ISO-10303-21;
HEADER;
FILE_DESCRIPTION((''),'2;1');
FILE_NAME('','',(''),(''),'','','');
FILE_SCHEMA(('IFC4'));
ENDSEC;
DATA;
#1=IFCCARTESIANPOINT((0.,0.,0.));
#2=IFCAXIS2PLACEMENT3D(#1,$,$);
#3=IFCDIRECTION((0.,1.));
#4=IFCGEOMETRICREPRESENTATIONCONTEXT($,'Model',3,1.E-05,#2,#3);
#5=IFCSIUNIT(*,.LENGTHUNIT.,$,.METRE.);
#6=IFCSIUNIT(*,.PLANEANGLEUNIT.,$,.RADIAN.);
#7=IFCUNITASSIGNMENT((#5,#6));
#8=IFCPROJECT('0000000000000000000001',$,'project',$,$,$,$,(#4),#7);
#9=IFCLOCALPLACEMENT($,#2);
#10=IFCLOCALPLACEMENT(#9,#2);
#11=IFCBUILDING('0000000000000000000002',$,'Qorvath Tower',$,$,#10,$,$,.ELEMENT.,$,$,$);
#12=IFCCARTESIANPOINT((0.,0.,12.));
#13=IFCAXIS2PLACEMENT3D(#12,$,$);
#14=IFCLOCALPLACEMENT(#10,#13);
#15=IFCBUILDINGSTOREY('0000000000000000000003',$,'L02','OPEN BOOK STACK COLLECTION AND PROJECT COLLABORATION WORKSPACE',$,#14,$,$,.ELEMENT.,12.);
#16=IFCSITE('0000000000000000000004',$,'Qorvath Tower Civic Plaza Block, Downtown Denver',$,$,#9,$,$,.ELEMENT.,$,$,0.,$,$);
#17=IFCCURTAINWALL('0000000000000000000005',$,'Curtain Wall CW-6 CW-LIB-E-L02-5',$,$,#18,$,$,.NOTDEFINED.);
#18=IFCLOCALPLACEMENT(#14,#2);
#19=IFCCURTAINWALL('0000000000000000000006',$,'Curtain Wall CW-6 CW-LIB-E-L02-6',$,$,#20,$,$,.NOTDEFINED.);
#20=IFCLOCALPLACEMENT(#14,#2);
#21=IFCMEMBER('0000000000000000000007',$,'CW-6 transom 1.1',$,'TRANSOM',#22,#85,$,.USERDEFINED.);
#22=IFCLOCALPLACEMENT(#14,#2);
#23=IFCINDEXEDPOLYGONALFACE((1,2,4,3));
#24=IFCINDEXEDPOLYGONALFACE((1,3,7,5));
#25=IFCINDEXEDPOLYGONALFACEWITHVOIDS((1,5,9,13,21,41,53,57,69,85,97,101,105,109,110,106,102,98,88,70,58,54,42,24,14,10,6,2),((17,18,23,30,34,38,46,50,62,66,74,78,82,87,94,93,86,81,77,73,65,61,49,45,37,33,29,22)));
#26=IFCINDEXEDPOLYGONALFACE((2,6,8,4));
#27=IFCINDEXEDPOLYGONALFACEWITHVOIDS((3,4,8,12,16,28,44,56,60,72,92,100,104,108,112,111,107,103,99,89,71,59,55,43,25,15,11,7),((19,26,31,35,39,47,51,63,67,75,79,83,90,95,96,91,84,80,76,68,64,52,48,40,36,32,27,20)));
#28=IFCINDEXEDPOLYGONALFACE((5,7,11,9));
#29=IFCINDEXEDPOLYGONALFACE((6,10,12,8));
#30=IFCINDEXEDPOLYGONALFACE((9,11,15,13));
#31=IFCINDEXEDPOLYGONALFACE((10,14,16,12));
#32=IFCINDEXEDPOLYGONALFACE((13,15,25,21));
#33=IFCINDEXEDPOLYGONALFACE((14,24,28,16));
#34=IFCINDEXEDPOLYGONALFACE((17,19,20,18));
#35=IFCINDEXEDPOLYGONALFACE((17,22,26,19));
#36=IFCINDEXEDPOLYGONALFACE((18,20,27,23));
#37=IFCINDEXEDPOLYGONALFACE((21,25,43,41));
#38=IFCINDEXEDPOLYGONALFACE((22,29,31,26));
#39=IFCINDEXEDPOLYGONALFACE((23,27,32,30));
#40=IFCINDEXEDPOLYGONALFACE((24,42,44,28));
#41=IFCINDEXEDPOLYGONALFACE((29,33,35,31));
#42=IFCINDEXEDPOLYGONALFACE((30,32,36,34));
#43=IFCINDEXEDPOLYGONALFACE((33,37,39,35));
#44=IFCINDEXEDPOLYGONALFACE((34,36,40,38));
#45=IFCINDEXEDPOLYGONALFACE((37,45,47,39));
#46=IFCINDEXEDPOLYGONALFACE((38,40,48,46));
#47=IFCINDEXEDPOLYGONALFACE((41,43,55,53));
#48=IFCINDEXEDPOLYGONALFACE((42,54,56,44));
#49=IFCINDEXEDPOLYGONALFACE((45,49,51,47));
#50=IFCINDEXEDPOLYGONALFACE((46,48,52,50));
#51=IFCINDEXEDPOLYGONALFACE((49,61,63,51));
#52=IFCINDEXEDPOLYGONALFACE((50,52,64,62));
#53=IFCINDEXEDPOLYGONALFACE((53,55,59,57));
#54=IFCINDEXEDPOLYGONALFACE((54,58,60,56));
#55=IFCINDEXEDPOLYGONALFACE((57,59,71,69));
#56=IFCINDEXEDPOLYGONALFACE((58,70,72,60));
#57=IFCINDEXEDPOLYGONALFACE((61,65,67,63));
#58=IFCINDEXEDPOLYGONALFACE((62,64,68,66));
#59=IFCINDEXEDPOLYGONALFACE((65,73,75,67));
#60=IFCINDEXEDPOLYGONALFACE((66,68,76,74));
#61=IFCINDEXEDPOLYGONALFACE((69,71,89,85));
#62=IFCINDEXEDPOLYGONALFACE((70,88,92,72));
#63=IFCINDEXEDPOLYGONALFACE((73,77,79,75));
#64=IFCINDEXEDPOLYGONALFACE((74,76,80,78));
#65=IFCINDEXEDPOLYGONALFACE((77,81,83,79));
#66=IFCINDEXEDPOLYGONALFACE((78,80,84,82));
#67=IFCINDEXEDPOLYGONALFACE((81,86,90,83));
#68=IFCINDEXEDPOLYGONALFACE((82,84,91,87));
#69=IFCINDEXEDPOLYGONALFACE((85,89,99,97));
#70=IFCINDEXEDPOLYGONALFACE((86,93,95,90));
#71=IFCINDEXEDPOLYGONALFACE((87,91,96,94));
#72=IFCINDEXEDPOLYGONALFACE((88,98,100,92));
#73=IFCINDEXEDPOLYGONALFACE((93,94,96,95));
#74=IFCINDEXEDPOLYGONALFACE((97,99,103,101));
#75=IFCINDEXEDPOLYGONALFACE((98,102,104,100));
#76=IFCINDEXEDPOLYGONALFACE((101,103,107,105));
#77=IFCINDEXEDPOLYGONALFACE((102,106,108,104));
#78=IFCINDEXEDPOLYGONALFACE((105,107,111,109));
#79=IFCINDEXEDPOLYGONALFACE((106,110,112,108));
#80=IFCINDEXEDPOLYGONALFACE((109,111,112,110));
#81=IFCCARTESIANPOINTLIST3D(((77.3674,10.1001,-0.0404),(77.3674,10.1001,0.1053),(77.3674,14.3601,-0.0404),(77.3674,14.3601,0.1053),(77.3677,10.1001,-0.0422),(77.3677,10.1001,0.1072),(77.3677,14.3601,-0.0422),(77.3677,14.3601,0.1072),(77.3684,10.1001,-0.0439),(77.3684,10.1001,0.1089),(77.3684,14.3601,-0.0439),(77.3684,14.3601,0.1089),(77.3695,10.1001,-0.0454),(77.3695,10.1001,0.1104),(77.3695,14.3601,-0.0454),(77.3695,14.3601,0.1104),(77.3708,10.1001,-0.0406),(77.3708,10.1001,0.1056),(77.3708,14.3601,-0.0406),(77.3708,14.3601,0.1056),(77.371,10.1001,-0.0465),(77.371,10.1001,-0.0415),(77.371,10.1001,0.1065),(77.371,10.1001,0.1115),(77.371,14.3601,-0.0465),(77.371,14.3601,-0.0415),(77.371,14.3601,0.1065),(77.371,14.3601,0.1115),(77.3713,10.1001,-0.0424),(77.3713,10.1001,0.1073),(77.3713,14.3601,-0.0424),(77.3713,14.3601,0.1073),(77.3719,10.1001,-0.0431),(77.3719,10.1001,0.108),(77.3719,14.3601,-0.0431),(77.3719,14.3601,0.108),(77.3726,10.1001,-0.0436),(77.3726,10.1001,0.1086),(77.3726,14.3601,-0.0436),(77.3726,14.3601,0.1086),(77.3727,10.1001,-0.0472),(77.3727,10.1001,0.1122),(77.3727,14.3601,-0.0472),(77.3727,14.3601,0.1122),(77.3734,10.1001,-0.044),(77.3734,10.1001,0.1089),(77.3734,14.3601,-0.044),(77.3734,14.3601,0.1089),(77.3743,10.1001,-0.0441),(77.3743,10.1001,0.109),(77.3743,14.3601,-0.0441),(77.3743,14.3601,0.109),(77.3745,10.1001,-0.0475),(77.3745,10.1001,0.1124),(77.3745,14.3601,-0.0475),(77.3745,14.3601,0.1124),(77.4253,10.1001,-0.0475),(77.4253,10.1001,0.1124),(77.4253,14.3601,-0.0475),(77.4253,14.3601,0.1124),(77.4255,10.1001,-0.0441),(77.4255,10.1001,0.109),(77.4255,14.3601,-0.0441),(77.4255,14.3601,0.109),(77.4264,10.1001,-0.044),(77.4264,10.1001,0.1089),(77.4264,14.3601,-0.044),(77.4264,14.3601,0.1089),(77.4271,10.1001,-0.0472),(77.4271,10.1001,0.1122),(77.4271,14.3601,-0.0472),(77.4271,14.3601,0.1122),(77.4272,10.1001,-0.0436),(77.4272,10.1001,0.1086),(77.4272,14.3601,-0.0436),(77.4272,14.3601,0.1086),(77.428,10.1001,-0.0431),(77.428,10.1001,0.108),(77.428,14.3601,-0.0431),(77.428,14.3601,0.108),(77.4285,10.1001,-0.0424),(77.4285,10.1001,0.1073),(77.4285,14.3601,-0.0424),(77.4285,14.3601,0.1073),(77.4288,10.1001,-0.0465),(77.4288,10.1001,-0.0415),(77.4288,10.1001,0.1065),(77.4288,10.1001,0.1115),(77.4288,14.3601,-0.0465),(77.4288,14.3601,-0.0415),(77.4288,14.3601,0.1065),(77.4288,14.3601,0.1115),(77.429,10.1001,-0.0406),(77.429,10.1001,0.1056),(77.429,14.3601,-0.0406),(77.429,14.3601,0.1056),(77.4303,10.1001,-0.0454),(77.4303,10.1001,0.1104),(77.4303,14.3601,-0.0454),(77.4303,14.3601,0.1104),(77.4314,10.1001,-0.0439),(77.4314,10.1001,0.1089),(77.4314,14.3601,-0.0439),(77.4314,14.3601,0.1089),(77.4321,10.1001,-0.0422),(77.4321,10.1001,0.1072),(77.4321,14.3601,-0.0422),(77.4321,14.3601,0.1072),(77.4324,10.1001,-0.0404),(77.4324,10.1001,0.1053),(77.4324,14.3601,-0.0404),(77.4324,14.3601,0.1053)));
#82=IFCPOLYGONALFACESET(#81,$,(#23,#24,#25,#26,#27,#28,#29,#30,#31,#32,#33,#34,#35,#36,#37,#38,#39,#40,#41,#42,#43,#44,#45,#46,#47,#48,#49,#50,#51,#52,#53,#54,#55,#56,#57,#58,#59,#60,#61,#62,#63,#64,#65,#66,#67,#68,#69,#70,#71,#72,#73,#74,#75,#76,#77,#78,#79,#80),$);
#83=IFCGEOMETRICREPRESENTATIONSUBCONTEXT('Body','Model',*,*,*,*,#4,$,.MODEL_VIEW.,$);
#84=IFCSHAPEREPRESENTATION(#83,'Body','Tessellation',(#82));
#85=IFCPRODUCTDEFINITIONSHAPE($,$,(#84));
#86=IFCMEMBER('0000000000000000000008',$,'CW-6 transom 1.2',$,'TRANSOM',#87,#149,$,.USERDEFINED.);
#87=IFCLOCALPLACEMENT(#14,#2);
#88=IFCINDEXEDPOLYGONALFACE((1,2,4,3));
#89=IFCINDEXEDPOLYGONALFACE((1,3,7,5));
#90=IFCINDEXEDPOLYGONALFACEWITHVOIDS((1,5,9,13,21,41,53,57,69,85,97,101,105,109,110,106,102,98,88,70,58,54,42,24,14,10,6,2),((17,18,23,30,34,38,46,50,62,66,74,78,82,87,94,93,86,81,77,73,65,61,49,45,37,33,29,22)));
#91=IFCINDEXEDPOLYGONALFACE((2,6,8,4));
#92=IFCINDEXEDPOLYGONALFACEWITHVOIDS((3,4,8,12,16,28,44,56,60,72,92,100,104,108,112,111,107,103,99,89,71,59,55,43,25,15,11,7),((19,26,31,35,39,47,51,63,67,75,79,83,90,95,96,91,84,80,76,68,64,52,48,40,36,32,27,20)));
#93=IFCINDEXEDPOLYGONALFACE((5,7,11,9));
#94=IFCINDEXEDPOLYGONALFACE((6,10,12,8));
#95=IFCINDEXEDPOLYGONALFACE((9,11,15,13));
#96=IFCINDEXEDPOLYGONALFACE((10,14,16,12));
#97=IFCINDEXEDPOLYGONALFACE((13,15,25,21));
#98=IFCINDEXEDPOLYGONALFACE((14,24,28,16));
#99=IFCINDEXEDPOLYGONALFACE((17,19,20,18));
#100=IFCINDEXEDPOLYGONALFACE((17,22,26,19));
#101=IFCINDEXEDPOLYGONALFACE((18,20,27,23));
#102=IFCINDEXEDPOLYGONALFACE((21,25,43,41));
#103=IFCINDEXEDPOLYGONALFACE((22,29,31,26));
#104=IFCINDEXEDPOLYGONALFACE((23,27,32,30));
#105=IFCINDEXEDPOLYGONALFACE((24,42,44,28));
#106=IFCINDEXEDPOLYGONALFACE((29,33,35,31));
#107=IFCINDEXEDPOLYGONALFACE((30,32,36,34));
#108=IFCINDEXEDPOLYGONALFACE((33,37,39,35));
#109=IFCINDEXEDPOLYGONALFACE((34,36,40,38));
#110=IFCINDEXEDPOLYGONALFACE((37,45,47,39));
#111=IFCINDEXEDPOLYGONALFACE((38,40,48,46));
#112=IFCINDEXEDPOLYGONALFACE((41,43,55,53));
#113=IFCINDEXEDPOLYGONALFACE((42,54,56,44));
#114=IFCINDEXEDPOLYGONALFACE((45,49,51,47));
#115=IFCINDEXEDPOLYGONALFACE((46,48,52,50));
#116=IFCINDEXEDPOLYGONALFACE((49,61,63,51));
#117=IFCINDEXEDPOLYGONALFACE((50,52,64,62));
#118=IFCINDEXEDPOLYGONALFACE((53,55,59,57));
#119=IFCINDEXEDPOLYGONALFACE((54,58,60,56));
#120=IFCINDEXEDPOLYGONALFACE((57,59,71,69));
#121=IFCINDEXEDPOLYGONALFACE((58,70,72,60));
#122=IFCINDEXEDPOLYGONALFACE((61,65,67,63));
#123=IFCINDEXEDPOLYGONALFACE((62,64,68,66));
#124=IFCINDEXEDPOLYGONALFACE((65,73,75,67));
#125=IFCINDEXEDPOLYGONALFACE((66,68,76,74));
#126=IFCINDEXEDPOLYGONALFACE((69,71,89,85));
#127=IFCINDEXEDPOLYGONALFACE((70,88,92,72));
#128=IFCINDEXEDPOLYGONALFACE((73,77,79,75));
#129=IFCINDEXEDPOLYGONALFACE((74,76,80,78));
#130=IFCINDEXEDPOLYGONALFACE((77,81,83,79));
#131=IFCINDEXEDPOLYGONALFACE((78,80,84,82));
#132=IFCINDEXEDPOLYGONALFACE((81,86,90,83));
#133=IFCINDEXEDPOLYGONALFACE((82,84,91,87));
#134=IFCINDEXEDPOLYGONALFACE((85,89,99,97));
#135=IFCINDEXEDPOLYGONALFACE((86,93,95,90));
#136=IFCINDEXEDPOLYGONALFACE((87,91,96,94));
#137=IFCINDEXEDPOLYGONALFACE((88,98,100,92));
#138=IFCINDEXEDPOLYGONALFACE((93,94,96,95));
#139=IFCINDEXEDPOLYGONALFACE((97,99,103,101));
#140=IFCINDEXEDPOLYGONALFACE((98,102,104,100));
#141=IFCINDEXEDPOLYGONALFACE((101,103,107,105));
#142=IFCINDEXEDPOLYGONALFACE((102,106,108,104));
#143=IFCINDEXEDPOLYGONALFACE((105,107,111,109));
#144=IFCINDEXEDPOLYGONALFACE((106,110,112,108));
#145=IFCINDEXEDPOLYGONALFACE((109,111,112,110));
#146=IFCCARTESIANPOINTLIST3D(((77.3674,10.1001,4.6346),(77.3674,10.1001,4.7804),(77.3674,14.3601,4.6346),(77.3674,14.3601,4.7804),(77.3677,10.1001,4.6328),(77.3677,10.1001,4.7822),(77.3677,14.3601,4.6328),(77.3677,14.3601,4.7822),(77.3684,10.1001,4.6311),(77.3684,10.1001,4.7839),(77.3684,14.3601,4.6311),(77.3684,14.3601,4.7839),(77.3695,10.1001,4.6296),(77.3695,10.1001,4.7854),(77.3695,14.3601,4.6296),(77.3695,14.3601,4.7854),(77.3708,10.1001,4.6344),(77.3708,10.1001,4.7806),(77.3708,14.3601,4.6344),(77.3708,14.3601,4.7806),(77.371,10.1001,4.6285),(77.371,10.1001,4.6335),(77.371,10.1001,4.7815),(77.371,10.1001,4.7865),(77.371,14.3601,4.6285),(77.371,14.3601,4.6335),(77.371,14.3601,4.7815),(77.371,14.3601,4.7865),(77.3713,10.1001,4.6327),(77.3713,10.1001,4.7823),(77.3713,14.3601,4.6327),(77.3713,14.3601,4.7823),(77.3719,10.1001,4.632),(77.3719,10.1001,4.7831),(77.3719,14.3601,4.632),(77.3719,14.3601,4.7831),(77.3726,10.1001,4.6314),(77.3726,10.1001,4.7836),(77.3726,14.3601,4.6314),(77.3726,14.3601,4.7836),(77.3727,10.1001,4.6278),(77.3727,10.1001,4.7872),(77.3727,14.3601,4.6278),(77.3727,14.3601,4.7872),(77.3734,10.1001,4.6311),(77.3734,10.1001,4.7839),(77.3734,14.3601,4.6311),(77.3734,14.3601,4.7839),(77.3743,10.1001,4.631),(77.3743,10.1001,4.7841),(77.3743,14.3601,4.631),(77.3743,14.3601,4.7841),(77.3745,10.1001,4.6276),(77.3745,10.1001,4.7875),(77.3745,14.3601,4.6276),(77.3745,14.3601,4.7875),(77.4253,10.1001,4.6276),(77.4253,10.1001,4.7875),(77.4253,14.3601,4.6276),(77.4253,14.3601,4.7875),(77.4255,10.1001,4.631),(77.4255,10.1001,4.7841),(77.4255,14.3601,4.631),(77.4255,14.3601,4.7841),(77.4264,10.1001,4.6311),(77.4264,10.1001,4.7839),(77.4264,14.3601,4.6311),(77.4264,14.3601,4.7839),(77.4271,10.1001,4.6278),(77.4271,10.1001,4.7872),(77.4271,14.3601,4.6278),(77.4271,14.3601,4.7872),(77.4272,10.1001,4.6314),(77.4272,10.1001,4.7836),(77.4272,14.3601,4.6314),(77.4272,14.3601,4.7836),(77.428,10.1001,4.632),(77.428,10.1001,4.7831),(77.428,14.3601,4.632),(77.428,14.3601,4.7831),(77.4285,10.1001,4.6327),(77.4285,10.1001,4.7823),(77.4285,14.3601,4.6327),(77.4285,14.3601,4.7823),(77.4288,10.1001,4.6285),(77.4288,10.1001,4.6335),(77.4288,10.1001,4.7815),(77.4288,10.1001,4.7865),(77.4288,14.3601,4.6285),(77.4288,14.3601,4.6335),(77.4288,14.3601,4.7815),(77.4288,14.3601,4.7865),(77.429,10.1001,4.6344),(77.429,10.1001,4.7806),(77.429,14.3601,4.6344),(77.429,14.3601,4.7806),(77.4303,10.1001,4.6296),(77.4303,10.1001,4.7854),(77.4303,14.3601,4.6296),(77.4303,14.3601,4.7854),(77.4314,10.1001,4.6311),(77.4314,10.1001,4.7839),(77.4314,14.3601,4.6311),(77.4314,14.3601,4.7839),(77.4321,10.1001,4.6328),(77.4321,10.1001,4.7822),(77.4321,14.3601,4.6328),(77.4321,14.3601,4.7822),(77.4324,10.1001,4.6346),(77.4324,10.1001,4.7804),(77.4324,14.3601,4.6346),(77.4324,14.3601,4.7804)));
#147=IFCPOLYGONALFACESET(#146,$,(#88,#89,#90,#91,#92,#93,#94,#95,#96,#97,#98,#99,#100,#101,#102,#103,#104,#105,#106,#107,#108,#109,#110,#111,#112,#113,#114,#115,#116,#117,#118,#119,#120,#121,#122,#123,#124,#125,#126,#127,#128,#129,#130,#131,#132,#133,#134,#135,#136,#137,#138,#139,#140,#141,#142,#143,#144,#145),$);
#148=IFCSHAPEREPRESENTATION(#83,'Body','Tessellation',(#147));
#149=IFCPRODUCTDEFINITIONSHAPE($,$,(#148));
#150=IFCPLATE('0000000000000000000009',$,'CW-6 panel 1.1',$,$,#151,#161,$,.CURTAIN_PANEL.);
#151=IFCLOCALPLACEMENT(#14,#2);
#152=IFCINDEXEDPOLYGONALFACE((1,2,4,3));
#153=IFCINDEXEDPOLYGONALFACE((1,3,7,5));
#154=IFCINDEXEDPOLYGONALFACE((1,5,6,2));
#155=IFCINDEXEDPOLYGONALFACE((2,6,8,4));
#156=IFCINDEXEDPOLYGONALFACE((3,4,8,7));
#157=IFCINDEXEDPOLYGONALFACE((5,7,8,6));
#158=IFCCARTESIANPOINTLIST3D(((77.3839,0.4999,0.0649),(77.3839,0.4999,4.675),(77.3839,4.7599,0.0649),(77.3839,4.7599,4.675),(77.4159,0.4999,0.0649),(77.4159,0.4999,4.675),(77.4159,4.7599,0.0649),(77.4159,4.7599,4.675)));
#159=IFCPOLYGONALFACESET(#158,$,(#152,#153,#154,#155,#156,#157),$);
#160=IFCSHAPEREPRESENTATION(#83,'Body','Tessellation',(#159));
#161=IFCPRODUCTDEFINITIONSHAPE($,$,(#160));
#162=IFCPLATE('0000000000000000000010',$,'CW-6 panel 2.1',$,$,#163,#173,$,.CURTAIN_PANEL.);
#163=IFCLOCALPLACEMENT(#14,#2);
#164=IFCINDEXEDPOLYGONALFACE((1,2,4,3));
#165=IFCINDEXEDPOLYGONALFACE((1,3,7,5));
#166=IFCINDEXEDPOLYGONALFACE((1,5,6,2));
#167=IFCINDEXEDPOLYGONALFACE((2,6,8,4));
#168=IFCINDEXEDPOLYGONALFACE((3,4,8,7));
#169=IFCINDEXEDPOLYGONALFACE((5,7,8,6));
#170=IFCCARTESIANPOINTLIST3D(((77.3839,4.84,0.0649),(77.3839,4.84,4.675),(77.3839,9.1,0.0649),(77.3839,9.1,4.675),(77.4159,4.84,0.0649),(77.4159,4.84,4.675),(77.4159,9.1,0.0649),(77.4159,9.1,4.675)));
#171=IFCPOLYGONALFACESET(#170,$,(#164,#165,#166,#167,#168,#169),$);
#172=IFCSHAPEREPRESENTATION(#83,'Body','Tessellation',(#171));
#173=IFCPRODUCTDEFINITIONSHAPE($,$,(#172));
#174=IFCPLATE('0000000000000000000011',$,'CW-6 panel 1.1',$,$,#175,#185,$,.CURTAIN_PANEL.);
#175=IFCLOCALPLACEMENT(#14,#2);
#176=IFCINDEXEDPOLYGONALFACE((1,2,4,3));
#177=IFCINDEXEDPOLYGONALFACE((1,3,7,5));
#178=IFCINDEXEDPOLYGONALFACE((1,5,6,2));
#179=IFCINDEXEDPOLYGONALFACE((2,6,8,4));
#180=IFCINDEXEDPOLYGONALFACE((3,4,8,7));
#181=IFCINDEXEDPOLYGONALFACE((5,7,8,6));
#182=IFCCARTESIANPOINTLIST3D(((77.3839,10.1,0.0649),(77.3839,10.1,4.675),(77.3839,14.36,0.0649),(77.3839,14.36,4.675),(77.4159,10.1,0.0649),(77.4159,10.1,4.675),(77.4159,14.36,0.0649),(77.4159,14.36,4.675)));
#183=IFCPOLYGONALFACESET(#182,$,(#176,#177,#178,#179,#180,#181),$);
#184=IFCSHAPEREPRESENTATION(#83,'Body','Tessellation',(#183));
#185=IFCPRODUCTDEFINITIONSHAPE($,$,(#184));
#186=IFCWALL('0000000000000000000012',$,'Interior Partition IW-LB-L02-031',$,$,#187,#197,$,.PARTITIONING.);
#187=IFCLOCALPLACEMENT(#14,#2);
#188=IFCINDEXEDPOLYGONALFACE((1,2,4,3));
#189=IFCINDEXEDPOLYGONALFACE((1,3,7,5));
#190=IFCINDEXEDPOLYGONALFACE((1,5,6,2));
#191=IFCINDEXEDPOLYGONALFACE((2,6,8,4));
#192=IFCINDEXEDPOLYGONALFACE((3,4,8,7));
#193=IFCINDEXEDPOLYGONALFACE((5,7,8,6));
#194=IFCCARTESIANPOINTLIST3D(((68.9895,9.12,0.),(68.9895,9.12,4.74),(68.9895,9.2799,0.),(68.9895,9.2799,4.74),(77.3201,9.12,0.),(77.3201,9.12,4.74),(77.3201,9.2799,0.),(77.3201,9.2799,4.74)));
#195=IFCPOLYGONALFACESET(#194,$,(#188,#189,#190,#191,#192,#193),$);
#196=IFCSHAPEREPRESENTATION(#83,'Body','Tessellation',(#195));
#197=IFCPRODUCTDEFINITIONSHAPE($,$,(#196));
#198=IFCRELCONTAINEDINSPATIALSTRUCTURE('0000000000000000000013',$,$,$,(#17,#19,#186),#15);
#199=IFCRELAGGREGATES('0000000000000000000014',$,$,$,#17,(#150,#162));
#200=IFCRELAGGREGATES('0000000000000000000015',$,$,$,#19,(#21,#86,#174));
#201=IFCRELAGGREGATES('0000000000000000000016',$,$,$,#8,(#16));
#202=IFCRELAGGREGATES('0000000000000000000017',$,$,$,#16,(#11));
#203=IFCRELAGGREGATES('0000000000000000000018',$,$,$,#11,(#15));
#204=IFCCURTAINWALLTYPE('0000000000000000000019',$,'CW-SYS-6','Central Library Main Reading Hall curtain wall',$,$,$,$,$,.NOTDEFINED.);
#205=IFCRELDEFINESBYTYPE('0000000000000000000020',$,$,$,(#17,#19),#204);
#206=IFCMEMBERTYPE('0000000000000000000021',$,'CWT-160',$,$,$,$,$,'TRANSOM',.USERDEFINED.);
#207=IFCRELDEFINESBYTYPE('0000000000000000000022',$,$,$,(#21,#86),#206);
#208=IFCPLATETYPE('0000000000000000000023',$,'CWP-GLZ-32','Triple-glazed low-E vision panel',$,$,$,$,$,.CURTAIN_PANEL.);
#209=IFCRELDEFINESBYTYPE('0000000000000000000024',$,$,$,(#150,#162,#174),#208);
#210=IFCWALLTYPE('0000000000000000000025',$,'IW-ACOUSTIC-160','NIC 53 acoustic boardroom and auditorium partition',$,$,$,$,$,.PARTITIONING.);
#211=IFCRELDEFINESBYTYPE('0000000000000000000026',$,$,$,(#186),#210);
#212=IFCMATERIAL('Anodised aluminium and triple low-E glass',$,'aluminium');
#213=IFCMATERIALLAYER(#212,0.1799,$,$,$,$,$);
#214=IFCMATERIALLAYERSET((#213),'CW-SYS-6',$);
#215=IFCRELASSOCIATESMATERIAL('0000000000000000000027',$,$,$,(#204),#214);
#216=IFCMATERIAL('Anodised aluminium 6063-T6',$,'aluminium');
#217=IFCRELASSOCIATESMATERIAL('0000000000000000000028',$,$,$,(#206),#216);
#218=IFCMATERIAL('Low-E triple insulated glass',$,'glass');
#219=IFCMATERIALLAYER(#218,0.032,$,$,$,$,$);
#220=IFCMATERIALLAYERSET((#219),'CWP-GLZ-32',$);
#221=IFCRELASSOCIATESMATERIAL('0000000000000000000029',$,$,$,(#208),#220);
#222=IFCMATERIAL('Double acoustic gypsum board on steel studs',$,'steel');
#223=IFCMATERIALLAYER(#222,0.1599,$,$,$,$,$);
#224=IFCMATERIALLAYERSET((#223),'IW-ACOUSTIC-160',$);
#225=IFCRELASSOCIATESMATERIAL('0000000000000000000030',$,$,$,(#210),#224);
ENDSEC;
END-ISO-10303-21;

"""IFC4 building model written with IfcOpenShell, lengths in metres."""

from ifc_helpers import new_model, si_unit, direction, frame, frame_2d, origin, origin_2d, place, context, subcontext, project, spatial, rectangle, hollow_rectangle, extrude, material, layer, layer_set, material_profile, profile_set, type_object, element, aggregate, save


model = new_model("IFC4")

# Units and contexts
model_context = context("Model", 3, precision=1e-05, world=origin(), true_north=direction((0.0, 1.0)))
body_context = subcontext(model_context, "Body", "Model", "MODEL_VIEW")
ifc_project = project(units=[si_unit("LENGTHUNIT", "METRE"), si_unit("PLANEANGLEUNIT", "RADIAN")], contexts=[model_context])

# Site, building, storey
site_placement = place(None, origin())
site = spatial("IfcSite", under=ifc_project, at=site_placement, Name="Qorvath Tower Civic Plaza Block, Downtown Denver", CompositionType="ELEMENT", RefElevation=0.0)
building_placement = place(site_placement, origin())
building = spatial("IfcBuilding", under=site, at=building_placement, Name="Qorvath Tower", CompositionType="ELEMENT")
storey_placement = place(building_placement, frame((0.0, 0.0, 12.0)))
storey = spatial("IfcBuildingStorey", under=building, at=storey_placement, Name="L02", Description="OPEN BOOK STACK COLLECTION AND PROJECT COLLABORATION WORKSPACE", CompositionType="ELEMENT", Elevation=12.0)

# Curtain walls
ifc_material_1 = material(Name="Anodised aluminium and triple low-E glass", Category="aluminium")
ifc_layer_1 = layer(ifc_material_1, 0.1799)
ifc_layer_set_1 = layer_set([ifc_layer_1], Name="CW-SYS-6")
curtain_wall_type = type_object("IfcCurtainWallType", Name="CW-SYS-6", Description="Central Library Main Reading Hall curtain wall", PredefinedType="NOTDEFINED", material=ifc_layer_set_1)
curtain_wall_1_placement = place(storey_placement, origin())
curtain_wall_1 = element("IfcCurtainWall", 1, at=curtain_wall_1_placement, inside=storey, type_object=curtain_wall_type, Name="Curtain Wall CW-6 CW-LIB-E-L02-5", PredefinedType="NOTDEFINED")
curtain_wall_2_placement = place(storey_placement, origin())
curtain_wall_2 = element("IfcCurtainWall", 2, at=curtain_wall_2_placement, inside=storey, type_object=curtain_wall_type, Name="Curtain Wall CW-6 CW-LIB-E-L02-6", PredefinedType="NOTDEFINED")

# Members
ifc_material_2 = material(Name="Anodised aluminium 6063-T6", Category="aluminium")
ifc_material_profile_1 = material_profile(ifc_material_2, hollow_rectangle(XDim=0.0649, YDim=0.1599, WallThickness=0.0034, InnerFilletRadius=0.0034, OuterFilletRadius=0.0071, at=origin_2d()), Name="CWT 160x65")
ifc_profile_set_1 = profile_set([ifc_material_profile_1], Name="Anodised aluminium 6063-T6")
member_type_1 = type_object("IfcMemberType", Name="CWT-160", ElementType="TRANSOM", PredefinedType="USERDEFINED", material=ifc_profile_set_1)
member_1_placement = place(storey_placement, frame((77.3999, 10.1001, 0.0325), z_axis=(0.0, 1.0, 0.0), x_axis=(-1.0, 0.0, 0.0)))
member_1 = element("IfcMember", 3, at=member_1_placement, type_object=member_type_1, Name="CW-6 transom 1.1", ObjectType="TRANSOM", PredefinedType="USERDEFINED", context=body_context, shape_type="SweptSolid", body=[
    extrude(hollow_rectangle(XDim=0.0649, YDim=0.1599, WallThickness=0.0034, InnerFilletRadius=0.0034, OuterFilletRadius=0.0071, at=origin_2d()), origin(), (0.0, 0.0, 1.0), 4.26),
])
member_2_placement = place(storey_placement, frame((77.3999, 10.1001, 4.7075), z_axis=(0.0, 1.0, 0.0), x_axis=(-1.0, 0.0, 0.0)))
member_2 = element("IfcMember", 4, at=member_2_placement, type_object=member_type_1, Name="CW-6 transom 1.2", ObjectType="TRANSOM", PredefinedType="USERDEFINED", context=body_context, shape_type="SweptSolid", body=[
    extrude(hollow_rectangle(XDim=0.0649, YDim=0.1599, WallThickness=0.0034, InnerFilletRadius=0.0034, OuterFilletRadius=0.0071, at=origin_2d()), origin(), (0.0, 0.0, 1.0), 4.26),
])

# Plates
ifc_material_3 = material(Name="Low-E triple insulated glass", Category="glass")
ifc_layer_2 = layer(ifc_material_3, 0.032)
ifc_layer_set_2 = layer_set([ifc_layer_2], Name="CWP-GLZ-32")
plate_type = type_object("IfcPlateType", Name="CWP-GLZ-32", Description="Triple-glazed low-E vision panel", PredefinedType="CURTAIN_PANEL", material=ifc_layer_set_2)
plate_1_placement = place(storey_placement, frame((77.3999, 2.6299, 0.0649), z_axis=(0.0, 0.0, 1.0), x_axis=(0.0, 1.0, 0.0)))
plate_1 = element("IfcPlate", 5, at=plate_1_placement, type_object=plate_type, Name="CW-6 panel 1.1", PredefinedType="CURTAIN_PANEL", context=body_context, shape_type="SweptSolid", body=[
    extrude(rectangle(XDim=4.26, YDim=0.032, at=origin_2d()), origin(), (0.0, 0.0, 1.0), 4.6101),
])
plate_2_placement = place(storey_placement, frame((77.3999, 6.97, 0.0649), z_axis=(0.0, 0.0, 1.0), x_axis=(0.0, 1.0, 0.0)))
plate_2 = element("IfcPlate", 6, at=plate_2_placement, type_object=plate_type, Name="CW-6 panel 2.1", PredefinedType="CURTAIN_PANEL", context=body_context, shape_type="SweptSolid", body=[
    extrude(rectangle(XDim=4.26, YDim=0.032, at=origin_2d()), origin(), (0.0, 0.0, 1.0), 4.6101),
])
aggregate(curtain_wall_1, [plate_1, plate_2])
plate_3_placement = place(storey_placement, frame((77.3999, 12.23, 0.0649), z_axis=(0.0, 0.0, 1.0), x_axis=(0.0, 1.0, 0.0)))
plate_3 = element("IfcPlate", 7, at=plate_3_placement, type_object=plate_type, Name="CW-6 panel 1.1", PredefinedType="CURTAIN_PANEL", context=body_context, shape_type="SweptSolid", body=[
    extrude(rectangle(XDim=4.26, YDim=0.032, at=origin_2d()), origin(), (0.0, 0.0, 1.0), 4.6101),
])
aggregate(curtain_wall_2, [member_1, member_2, plate_3])

# Wall
ifc_material_4 = material(Name="Double acoustic gypsum board on steel studs", Category="steel")
ifc_layer_3 = layer(ifc_material_4, 0.1599)
ifc_layer_set_3 = layer_set([ifc_layer_3], Name="IW-ACOUSTIC-160")
wall_type = type_object("IfcWallType", Name="IW-ACOUSTIC-160", Description="NIC 53 acoustic boardroom and auditorium partition", PredefinedType="PARTITIONING", material=ifc_layer_set_3)
wall_placement = place(storey_placement, frame((77.3201, 9.2, 0.0), z_axis=(0.0, 0.0, 1.0), x_axis=(-1.0, 0.0, 0.0)))
element("IfcWall", 8, at=wall_placement, inside=storey, type_object=wall_type, Name="Interior Partition IW-LB-L02-031", PredefinedType="PARTITIONING", context=body_context, shape_type="SweptSolid", body=[
    extrude(rectangle(XDim=8.3306, YDim=0.1599, at=frame_2d((4.1653, 0.0))), origin(), (0.0, 0.0, 1.0), 4.74),
])

save(model, "model.ifc")
